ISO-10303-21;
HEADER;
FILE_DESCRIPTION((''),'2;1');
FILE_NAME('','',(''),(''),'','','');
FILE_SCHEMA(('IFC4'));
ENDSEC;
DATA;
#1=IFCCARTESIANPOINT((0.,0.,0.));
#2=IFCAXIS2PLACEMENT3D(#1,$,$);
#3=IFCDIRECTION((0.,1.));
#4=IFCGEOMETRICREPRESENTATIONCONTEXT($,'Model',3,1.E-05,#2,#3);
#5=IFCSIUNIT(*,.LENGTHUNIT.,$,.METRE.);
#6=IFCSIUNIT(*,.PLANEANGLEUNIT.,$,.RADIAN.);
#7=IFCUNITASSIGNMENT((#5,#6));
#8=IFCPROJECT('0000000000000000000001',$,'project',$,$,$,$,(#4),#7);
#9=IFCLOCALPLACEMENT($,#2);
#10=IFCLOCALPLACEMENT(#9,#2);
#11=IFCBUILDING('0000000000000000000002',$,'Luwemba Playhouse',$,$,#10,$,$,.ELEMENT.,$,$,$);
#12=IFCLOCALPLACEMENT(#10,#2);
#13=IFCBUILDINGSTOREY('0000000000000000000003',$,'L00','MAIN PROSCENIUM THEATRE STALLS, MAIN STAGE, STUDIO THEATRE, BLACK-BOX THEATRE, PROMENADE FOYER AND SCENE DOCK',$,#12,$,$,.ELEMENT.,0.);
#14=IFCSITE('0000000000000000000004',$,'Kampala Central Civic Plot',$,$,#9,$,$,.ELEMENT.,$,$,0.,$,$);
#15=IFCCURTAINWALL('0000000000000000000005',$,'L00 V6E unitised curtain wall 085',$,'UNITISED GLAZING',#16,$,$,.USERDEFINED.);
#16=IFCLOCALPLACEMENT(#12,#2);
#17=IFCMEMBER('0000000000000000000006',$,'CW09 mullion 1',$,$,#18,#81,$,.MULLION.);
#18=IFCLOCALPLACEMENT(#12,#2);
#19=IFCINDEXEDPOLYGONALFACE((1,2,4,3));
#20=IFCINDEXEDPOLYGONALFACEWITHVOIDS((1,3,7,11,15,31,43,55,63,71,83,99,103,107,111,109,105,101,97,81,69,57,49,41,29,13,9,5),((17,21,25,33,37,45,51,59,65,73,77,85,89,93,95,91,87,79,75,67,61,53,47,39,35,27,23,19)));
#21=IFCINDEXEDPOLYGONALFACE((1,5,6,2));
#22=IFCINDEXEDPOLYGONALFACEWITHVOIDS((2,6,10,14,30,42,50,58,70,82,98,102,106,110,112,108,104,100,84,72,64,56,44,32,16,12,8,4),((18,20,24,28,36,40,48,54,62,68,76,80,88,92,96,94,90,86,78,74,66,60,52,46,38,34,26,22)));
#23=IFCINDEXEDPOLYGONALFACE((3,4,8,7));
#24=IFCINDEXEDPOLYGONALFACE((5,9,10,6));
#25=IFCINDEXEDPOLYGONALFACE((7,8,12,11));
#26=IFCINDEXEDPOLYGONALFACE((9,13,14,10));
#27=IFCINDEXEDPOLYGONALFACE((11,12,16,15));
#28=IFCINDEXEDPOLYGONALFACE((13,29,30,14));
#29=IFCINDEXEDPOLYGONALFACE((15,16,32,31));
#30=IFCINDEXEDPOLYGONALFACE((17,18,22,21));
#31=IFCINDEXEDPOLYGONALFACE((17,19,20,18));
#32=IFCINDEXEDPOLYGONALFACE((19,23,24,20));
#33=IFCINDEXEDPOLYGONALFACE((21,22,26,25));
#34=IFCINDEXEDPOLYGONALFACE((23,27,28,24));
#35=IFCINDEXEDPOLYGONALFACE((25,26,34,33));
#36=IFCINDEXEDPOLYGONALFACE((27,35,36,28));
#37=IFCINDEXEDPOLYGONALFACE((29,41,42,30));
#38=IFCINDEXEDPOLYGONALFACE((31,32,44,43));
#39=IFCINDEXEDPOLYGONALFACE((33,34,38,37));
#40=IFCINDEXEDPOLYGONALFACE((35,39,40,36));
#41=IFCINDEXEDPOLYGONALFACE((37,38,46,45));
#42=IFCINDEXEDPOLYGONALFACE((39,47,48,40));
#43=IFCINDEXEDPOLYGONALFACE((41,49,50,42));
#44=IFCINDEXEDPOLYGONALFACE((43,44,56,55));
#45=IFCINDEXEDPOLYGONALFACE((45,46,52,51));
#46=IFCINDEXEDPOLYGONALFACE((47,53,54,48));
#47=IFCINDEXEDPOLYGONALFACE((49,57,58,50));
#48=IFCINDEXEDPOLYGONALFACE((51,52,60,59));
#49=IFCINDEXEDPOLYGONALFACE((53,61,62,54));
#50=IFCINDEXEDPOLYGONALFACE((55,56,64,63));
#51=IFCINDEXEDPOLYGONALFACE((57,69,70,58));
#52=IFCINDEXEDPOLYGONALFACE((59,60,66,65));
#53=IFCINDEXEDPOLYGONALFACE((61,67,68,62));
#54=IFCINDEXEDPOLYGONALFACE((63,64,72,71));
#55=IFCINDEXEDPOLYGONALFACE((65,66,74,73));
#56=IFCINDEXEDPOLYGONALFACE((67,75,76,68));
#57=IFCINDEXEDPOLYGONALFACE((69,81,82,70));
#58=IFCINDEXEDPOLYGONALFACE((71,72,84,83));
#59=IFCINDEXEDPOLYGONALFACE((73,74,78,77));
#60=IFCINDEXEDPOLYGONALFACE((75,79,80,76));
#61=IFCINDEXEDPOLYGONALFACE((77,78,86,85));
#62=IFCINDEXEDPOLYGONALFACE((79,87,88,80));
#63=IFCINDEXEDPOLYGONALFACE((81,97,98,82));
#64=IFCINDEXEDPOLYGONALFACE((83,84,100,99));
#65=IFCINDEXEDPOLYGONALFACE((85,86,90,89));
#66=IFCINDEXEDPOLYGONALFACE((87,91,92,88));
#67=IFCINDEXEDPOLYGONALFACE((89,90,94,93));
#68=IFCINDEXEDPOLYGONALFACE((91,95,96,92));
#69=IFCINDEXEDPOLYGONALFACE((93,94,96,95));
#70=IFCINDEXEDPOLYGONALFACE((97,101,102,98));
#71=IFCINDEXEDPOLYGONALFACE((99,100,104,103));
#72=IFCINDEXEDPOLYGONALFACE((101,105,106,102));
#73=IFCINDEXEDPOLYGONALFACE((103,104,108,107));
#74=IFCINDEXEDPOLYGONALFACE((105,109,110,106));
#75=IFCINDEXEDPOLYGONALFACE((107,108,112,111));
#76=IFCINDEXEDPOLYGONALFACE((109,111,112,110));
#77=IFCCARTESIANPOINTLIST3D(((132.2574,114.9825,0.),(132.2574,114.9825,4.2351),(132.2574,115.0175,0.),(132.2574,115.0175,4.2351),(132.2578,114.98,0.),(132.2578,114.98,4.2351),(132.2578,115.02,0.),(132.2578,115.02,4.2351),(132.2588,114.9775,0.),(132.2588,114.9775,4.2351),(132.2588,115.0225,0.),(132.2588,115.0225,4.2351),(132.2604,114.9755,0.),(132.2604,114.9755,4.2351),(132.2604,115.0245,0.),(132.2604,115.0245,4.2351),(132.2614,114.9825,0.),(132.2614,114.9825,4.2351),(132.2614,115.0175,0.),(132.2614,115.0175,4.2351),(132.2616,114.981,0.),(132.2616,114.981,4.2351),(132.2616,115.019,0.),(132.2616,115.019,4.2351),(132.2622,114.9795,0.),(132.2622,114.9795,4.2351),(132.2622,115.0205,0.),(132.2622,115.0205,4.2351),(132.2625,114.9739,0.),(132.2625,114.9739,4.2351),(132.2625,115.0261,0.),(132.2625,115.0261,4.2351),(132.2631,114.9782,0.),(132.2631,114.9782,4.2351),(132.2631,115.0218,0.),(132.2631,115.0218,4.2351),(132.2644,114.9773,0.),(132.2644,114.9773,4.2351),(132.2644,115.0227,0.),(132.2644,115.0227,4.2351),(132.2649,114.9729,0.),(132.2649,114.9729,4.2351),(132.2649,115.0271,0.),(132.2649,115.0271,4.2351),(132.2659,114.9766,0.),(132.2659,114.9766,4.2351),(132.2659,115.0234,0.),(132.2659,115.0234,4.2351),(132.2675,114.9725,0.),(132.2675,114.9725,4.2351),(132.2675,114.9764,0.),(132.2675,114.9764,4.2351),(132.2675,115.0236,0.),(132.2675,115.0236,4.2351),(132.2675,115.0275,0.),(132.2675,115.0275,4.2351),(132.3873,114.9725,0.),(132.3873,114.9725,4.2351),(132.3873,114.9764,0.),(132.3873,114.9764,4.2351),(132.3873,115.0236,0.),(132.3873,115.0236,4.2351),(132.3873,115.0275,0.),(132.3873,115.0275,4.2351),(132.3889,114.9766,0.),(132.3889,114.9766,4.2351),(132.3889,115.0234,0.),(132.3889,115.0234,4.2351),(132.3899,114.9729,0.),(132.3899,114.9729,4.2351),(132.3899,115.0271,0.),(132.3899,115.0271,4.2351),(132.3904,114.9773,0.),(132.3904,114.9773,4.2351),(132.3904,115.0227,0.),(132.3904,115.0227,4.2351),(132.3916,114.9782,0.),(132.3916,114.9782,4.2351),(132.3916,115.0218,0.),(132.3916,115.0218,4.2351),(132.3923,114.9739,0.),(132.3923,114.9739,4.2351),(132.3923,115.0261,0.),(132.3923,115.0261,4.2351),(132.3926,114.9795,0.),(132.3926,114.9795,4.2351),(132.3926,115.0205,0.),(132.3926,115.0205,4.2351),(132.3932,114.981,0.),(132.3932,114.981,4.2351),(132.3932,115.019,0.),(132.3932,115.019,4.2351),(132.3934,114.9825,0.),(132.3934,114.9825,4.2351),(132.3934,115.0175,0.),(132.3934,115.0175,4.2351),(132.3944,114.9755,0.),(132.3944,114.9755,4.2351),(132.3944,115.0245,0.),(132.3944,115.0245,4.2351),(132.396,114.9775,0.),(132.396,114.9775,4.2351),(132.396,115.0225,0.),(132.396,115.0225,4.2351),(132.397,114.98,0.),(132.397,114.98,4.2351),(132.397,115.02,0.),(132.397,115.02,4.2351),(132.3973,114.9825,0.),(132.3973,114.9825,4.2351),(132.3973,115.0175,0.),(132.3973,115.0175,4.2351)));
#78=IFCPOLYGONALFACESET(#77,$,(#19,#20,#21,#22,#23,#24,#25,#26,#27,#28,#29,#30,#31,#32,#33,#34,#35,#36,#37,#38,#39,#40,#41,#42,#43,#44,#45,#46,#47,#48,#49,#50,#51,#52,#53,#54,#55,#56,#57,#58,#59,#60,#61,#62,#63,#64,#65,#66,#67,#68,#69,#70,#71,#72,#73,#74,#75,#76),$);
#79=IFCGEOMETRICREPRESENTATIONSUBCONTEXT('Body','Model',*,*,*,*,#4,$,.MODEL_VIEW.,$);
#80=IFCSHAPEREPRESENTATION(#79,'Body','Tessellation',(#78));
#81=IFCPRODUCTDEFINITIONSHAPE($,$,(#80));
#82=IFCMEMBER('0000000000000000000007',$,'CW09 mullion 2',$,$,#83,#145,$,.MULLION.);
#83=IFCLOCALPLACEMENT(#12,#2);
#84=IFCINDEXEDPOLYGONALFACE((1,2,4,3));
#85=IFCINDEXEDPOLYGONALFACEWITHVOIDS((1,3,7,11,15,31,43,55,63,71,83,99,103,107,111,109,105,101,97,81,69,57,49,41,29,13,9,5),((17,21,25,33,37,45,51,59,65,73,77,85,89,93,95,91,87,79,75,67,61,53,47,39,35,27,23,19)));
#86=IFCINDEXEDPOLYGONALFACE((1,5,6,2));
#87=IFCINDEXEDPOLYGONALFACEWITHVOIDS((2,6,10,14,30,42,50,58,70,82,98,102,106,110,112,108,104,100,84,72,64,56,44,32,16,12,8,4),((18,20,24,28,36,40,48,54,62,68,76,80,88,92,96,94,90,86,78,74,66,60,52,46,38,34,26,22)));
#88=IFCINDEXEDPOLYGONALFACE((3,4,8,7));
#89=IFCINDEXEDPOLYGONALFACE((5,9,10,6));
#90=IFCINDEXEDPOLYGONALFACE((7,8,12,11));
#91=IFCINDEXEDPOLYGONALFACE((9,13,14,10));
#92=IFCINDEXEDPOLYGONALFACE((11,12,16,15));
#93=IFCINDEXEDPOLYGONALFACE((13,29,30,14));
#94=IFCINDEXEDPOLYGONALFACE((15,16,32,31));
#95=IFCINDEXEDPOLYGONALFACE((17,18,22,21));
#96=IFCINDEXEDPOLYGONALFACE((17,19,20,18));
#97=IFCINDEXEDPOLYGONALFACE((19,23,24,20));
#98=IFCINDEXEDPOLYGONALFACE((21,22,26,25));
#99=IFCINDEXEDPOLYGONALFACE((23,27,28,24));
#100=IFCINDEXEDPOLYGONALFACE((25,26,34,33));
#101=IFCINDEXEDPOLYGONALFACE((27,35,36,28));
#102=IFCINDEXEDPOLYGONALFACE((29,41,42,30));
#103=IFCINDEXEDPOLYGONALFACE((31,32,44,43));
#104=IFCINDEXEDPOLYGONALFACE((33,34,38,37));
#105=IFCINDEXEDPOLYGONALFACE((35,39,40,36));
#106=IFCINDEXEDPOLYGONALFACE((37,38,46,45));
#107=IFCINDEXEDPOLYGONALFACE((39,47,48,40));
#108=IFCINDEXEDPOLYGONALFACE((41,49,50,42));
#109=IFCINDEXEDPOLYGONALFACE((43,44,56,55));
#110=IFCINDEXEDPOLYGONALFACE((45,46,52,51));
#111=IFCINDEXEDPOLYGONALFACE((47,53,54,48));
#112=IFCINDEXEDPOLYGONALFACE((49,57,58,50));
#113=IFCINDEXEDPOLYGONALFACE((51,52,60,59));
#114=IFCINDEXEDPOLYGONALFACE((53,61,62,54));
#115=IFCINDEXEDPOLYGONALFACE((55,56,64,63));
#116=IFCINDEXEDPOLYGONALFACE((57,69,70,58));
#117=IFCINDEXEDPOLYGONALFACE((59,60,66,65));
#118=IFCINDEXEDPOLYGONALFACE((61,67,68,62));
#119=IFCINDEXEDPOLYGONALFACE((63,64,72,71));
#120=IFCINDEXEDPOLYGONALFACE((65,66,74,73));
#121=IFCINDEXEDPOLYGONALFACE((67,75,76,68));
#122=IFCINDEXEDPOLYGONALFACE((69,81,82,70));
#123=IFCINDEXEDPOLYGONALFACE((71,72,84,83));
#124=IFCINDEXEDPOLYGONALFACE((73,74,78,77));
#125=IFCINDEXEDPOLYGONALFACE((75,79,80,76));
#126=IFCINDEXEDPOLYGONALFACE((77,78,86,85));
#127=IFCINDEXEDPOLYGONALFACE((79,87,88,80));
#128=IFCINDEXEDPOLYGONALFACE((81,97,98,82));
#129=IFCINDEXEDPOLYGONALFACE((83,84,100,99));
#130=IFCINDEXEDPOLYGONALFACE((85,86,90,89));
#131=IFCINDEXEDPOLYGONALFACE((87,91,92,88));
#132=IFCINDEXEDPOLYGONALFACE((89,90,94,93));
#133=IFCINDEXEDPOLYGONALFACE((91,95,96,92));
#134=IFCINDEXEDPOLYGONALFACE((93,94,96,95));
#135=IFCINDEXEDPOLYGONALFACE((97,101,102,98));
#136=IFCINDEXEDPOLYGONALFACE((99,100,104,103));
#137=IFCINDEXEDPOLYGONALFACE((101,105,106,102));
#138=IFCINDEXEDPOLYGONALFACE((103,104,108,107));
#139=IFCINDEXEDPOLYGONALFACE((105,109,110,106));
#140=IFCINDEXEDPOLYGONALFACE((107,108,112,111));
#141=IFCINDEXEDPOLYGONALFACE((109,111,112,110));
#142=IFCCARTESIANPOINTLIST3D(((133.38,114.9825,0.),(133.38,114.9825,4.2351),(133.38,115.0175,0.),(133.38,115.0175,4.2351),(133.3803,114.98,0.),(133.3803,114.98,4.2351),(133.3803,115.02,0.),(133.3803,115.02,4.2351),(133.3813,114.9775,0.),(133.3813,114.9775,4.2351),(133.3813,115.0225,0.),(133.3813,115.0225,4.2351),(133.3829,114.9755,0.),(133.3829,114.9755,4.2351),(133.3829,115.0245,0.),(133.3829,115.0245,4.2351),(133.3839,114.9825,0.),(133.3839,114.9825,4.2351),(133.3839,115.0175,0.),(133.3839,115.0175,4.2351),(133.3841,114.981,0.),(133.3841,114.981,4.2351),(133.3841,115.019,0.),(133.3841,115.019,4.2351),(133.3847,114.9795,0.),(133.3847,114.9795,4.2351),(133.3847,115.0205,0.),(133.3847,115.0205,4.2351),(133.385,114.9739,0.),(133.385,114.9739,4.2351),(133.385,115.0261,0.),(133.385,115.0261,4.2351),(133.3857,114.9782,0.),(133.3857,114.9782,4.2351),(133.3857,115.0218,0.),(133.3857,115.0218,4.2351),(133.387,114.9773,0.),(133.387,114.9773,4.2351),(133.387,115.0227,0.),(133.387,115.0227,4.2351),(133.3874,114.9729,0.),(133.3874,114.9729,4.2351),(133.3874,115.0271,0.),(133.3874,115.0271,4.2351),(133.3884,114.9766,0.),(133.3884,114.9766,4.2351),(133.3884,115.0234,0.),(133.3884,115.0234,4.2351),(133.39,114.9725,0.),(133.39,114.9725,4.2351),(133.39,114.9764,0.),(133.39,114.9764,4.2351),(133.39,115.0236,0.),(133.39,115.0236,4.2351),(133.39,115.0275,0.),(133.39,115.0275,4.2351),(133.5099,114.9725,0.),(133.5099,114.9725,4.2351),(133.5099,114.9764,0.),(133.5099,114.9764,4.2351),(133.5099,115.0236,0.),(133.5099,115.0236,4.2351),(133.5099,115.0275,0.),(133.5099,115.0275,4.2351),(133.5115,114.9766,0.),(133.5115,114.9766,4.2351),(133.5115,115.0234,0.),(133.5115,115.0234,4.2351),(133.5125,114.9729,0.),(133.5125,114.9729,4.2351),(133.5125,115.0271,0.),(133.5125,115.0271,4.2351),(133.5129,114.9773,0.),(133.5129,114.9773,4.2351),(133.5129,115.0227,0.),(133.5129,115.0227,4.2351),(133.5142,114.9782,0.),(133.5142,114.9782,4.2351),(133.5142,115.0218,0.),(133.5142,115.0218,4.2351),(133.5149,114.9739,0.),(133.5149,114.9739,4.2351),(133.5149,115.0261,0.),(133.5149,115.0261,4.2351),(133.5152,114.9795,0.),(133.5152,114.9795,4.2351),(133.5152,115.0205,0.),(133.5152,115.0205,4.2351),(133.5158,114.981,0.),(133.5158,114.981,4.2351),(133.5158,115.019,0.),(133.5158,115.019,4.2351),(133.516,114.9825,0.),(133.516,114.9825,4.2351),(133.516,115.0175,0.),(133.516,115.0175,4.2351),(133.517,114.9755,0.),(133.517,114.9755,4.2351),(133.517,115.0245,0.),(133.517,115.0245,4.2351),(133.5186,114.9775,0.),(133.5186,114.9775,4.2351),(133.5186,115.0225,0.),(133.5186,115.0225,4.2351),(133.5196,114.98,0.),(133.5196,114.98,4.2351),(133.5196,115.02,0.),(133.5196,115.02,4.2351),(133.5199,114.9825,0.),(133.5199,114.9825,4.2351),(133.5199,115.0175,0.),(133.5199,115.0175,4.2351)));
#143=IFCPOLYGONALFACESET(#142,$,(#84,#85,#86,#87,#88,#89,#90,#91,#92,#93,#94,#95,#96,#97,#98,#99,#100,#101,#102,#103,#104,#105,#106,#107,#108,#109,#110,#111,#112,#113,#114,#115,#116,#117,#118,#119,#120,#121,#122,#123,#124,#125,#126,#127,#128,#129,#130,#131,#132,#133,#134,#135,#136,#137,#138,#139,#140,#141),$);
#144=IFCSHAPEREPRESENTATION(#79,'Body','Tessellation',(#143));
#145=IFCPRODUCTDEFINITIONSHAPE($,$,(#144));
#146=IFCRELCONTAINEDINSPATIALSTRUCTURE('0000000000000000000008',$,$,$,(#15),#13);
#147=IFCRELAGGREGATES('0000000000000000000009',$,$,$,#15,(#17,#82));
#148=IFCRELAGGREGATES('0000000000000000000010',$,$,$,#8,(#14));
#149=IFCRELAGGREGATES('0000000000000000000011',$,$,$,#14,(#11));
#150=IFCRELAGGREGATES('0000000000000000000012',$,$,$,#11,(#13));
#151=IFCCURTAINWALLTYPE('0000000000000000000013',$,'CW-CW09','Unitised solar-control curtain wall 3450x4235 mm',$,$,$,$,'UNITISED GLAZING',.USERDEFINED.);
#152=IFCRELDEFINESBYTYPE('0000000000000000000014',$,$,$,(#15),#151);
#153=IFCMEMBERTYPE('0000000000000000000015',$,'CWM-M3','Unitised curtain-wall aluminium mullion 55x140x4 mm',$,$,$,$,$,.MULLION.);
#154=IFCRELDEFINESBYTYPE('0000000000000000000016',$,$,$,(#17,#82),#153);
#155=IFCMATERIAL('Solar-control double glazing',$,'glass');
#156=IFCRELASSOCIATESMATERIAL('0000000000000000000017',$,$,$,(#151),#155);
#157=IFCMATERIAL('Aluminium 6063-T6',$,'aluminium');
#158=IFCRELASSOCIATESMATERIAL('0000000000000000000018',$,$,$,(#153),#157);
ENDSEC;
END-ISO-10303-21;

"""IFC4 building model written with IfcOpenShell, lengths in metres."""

from ifc_helpers import new_model, si_unit, direction, frame, origin, origin_2d, place, context, subcontext, project, spatial, hollow_rectangle, extrude, material, material_profile, profile_set, type_object, element, aggregate, save


model = new_model("IFC4")

# Units and contexts
model_context = context("Model", 3, precision=1e-05, world=origin(), true_north=direction((0.0, 1.0)))
body_context = subcontext(model_context, "Body", "Model", "MODEL_VIEW")
ifc_project = project(units=[si_unit("LENGTHUNIT", "METRE"), si_unit("PLANEANGLEUNIT", "RADIAN")], contexts=[model_context])

# Site, building, storey
site_placement = place(None, origin())
site = spatial("IfcSite", under=ifc_project, at=site_placement, Name="Kampala Central Civic Plot", CompositionType="ELEMENT", RefElevation=0.0)
building_placement = place(site_placement, origin())
building = spatial("IfcBuilding", under=site, at=building_placement, Name="Luwemba Playhouse", CompositionType="ELEMENT")
storey_placement = place(building_placement, origin())
storey = spatial("IfcBuildingStorey", under=building, at=storey_placement, Name="L00", Description="MAIN PROSCENIUM THEATRE STALLS, MAIN STAGE, STUDIO THEATRE, BLACK-BOX THEATRE, PROMENADE FOYER AND SCENE DOCK", CompositionType="ELEMENT", Elevation=0.0)

# Curtain wall, members
ifc_material_1 = material(Name="Solar-control double glazing", Category="glass")
curtain_wall_type = type_object("IfcCurtainWallType", Name="CW-CW09", Description="Unitised solar-control curtain wall 3450x4235 mm", ElementType="UNITISED GLAZING", PredefinedType="USERDEFINED", material=ifc_material_1)
curtain_wall_placement = place(storey_placement, origin())
curtain_wall = element("IfcCurtainWall", 1, at=curtain_wall_placement, inside=storey, type_object=curtain_wall_type, Name="L00 V6E unitised curtain wall 085", ObjectType="UNITISED GLAZING", PredefinedType="USERDEFINED")
ifc_material_2 = material(Name="Aluminium 6063-T6", Category="aluminium")
ifc_material_profile_1 = material_profile(ifc_material_2, hollow_rectangle(XDim=0.0549, YDim=0.1399, WallThickness=0.0039, InnerFilletRadius=0.0061, OuterFilletRadius=0.01, at=origin_2d()))
ifc_profile_set_1 = profile_set([ifc_material_profile_1], Name="Aluminium 6063-T6")
member_type_1 = type_object("IfcMemberType", Name="CWM-M3", Description="Unitised curtain-wall aluminium mullion 55x140x4 mm", PredefinedType="MULLION", material=ifc_profile_set_1)
member_1_placement = place(storey_placement, frame((132.3274, 115.0, 0.0), z_axis=(0.0, 0.0, 1.0), x_axis=(0.0, 1.0, 0.0)))
member_1 = element("IfcMember", 2, at=member_1_placement, type_object=member_type_1, Name="CW09 mullion 1", PredefinedType="MULLION", context=body_context, shape_type="SweptSolid", body=[
    extrude(hollow_rectangle(XDim=0.0549, YDim=0.1399, WallThickness=0.0039, InnerFilletRadius=0.0061, OuterFilletRadius=0.01, at=origin_2d()), origin(), (0.0, 0.0, 1.0), 4.2351),
])
member_2_placement = place(storey_placement, frame((133.45, 115.0, 0.0), z_axis=(0.0, 0.0, 1.0), x_axis=(0.0, 1.0, 0.0)))
member_2 = element("IfcMember", 3, at=member_2_placement, type_object=member_type_1, Name="CW09 mullion 2", PredefinedType="MULLION", context=body_context, shape_type="SweptSolid", body=[
    extrude(hollow_rectangle(XDim=0.0549, YDim=0.1399, WallThickness=0.0039, InnerFilletRadius=0.0061, OuterFilletRadius=0.01, at=origin_2d()), origin(), (0.0, 0.0, 1.0), 4.2351),
])
aggregate(curtain_wall, [member_1, member_2])

save(model, "model.ifc")
